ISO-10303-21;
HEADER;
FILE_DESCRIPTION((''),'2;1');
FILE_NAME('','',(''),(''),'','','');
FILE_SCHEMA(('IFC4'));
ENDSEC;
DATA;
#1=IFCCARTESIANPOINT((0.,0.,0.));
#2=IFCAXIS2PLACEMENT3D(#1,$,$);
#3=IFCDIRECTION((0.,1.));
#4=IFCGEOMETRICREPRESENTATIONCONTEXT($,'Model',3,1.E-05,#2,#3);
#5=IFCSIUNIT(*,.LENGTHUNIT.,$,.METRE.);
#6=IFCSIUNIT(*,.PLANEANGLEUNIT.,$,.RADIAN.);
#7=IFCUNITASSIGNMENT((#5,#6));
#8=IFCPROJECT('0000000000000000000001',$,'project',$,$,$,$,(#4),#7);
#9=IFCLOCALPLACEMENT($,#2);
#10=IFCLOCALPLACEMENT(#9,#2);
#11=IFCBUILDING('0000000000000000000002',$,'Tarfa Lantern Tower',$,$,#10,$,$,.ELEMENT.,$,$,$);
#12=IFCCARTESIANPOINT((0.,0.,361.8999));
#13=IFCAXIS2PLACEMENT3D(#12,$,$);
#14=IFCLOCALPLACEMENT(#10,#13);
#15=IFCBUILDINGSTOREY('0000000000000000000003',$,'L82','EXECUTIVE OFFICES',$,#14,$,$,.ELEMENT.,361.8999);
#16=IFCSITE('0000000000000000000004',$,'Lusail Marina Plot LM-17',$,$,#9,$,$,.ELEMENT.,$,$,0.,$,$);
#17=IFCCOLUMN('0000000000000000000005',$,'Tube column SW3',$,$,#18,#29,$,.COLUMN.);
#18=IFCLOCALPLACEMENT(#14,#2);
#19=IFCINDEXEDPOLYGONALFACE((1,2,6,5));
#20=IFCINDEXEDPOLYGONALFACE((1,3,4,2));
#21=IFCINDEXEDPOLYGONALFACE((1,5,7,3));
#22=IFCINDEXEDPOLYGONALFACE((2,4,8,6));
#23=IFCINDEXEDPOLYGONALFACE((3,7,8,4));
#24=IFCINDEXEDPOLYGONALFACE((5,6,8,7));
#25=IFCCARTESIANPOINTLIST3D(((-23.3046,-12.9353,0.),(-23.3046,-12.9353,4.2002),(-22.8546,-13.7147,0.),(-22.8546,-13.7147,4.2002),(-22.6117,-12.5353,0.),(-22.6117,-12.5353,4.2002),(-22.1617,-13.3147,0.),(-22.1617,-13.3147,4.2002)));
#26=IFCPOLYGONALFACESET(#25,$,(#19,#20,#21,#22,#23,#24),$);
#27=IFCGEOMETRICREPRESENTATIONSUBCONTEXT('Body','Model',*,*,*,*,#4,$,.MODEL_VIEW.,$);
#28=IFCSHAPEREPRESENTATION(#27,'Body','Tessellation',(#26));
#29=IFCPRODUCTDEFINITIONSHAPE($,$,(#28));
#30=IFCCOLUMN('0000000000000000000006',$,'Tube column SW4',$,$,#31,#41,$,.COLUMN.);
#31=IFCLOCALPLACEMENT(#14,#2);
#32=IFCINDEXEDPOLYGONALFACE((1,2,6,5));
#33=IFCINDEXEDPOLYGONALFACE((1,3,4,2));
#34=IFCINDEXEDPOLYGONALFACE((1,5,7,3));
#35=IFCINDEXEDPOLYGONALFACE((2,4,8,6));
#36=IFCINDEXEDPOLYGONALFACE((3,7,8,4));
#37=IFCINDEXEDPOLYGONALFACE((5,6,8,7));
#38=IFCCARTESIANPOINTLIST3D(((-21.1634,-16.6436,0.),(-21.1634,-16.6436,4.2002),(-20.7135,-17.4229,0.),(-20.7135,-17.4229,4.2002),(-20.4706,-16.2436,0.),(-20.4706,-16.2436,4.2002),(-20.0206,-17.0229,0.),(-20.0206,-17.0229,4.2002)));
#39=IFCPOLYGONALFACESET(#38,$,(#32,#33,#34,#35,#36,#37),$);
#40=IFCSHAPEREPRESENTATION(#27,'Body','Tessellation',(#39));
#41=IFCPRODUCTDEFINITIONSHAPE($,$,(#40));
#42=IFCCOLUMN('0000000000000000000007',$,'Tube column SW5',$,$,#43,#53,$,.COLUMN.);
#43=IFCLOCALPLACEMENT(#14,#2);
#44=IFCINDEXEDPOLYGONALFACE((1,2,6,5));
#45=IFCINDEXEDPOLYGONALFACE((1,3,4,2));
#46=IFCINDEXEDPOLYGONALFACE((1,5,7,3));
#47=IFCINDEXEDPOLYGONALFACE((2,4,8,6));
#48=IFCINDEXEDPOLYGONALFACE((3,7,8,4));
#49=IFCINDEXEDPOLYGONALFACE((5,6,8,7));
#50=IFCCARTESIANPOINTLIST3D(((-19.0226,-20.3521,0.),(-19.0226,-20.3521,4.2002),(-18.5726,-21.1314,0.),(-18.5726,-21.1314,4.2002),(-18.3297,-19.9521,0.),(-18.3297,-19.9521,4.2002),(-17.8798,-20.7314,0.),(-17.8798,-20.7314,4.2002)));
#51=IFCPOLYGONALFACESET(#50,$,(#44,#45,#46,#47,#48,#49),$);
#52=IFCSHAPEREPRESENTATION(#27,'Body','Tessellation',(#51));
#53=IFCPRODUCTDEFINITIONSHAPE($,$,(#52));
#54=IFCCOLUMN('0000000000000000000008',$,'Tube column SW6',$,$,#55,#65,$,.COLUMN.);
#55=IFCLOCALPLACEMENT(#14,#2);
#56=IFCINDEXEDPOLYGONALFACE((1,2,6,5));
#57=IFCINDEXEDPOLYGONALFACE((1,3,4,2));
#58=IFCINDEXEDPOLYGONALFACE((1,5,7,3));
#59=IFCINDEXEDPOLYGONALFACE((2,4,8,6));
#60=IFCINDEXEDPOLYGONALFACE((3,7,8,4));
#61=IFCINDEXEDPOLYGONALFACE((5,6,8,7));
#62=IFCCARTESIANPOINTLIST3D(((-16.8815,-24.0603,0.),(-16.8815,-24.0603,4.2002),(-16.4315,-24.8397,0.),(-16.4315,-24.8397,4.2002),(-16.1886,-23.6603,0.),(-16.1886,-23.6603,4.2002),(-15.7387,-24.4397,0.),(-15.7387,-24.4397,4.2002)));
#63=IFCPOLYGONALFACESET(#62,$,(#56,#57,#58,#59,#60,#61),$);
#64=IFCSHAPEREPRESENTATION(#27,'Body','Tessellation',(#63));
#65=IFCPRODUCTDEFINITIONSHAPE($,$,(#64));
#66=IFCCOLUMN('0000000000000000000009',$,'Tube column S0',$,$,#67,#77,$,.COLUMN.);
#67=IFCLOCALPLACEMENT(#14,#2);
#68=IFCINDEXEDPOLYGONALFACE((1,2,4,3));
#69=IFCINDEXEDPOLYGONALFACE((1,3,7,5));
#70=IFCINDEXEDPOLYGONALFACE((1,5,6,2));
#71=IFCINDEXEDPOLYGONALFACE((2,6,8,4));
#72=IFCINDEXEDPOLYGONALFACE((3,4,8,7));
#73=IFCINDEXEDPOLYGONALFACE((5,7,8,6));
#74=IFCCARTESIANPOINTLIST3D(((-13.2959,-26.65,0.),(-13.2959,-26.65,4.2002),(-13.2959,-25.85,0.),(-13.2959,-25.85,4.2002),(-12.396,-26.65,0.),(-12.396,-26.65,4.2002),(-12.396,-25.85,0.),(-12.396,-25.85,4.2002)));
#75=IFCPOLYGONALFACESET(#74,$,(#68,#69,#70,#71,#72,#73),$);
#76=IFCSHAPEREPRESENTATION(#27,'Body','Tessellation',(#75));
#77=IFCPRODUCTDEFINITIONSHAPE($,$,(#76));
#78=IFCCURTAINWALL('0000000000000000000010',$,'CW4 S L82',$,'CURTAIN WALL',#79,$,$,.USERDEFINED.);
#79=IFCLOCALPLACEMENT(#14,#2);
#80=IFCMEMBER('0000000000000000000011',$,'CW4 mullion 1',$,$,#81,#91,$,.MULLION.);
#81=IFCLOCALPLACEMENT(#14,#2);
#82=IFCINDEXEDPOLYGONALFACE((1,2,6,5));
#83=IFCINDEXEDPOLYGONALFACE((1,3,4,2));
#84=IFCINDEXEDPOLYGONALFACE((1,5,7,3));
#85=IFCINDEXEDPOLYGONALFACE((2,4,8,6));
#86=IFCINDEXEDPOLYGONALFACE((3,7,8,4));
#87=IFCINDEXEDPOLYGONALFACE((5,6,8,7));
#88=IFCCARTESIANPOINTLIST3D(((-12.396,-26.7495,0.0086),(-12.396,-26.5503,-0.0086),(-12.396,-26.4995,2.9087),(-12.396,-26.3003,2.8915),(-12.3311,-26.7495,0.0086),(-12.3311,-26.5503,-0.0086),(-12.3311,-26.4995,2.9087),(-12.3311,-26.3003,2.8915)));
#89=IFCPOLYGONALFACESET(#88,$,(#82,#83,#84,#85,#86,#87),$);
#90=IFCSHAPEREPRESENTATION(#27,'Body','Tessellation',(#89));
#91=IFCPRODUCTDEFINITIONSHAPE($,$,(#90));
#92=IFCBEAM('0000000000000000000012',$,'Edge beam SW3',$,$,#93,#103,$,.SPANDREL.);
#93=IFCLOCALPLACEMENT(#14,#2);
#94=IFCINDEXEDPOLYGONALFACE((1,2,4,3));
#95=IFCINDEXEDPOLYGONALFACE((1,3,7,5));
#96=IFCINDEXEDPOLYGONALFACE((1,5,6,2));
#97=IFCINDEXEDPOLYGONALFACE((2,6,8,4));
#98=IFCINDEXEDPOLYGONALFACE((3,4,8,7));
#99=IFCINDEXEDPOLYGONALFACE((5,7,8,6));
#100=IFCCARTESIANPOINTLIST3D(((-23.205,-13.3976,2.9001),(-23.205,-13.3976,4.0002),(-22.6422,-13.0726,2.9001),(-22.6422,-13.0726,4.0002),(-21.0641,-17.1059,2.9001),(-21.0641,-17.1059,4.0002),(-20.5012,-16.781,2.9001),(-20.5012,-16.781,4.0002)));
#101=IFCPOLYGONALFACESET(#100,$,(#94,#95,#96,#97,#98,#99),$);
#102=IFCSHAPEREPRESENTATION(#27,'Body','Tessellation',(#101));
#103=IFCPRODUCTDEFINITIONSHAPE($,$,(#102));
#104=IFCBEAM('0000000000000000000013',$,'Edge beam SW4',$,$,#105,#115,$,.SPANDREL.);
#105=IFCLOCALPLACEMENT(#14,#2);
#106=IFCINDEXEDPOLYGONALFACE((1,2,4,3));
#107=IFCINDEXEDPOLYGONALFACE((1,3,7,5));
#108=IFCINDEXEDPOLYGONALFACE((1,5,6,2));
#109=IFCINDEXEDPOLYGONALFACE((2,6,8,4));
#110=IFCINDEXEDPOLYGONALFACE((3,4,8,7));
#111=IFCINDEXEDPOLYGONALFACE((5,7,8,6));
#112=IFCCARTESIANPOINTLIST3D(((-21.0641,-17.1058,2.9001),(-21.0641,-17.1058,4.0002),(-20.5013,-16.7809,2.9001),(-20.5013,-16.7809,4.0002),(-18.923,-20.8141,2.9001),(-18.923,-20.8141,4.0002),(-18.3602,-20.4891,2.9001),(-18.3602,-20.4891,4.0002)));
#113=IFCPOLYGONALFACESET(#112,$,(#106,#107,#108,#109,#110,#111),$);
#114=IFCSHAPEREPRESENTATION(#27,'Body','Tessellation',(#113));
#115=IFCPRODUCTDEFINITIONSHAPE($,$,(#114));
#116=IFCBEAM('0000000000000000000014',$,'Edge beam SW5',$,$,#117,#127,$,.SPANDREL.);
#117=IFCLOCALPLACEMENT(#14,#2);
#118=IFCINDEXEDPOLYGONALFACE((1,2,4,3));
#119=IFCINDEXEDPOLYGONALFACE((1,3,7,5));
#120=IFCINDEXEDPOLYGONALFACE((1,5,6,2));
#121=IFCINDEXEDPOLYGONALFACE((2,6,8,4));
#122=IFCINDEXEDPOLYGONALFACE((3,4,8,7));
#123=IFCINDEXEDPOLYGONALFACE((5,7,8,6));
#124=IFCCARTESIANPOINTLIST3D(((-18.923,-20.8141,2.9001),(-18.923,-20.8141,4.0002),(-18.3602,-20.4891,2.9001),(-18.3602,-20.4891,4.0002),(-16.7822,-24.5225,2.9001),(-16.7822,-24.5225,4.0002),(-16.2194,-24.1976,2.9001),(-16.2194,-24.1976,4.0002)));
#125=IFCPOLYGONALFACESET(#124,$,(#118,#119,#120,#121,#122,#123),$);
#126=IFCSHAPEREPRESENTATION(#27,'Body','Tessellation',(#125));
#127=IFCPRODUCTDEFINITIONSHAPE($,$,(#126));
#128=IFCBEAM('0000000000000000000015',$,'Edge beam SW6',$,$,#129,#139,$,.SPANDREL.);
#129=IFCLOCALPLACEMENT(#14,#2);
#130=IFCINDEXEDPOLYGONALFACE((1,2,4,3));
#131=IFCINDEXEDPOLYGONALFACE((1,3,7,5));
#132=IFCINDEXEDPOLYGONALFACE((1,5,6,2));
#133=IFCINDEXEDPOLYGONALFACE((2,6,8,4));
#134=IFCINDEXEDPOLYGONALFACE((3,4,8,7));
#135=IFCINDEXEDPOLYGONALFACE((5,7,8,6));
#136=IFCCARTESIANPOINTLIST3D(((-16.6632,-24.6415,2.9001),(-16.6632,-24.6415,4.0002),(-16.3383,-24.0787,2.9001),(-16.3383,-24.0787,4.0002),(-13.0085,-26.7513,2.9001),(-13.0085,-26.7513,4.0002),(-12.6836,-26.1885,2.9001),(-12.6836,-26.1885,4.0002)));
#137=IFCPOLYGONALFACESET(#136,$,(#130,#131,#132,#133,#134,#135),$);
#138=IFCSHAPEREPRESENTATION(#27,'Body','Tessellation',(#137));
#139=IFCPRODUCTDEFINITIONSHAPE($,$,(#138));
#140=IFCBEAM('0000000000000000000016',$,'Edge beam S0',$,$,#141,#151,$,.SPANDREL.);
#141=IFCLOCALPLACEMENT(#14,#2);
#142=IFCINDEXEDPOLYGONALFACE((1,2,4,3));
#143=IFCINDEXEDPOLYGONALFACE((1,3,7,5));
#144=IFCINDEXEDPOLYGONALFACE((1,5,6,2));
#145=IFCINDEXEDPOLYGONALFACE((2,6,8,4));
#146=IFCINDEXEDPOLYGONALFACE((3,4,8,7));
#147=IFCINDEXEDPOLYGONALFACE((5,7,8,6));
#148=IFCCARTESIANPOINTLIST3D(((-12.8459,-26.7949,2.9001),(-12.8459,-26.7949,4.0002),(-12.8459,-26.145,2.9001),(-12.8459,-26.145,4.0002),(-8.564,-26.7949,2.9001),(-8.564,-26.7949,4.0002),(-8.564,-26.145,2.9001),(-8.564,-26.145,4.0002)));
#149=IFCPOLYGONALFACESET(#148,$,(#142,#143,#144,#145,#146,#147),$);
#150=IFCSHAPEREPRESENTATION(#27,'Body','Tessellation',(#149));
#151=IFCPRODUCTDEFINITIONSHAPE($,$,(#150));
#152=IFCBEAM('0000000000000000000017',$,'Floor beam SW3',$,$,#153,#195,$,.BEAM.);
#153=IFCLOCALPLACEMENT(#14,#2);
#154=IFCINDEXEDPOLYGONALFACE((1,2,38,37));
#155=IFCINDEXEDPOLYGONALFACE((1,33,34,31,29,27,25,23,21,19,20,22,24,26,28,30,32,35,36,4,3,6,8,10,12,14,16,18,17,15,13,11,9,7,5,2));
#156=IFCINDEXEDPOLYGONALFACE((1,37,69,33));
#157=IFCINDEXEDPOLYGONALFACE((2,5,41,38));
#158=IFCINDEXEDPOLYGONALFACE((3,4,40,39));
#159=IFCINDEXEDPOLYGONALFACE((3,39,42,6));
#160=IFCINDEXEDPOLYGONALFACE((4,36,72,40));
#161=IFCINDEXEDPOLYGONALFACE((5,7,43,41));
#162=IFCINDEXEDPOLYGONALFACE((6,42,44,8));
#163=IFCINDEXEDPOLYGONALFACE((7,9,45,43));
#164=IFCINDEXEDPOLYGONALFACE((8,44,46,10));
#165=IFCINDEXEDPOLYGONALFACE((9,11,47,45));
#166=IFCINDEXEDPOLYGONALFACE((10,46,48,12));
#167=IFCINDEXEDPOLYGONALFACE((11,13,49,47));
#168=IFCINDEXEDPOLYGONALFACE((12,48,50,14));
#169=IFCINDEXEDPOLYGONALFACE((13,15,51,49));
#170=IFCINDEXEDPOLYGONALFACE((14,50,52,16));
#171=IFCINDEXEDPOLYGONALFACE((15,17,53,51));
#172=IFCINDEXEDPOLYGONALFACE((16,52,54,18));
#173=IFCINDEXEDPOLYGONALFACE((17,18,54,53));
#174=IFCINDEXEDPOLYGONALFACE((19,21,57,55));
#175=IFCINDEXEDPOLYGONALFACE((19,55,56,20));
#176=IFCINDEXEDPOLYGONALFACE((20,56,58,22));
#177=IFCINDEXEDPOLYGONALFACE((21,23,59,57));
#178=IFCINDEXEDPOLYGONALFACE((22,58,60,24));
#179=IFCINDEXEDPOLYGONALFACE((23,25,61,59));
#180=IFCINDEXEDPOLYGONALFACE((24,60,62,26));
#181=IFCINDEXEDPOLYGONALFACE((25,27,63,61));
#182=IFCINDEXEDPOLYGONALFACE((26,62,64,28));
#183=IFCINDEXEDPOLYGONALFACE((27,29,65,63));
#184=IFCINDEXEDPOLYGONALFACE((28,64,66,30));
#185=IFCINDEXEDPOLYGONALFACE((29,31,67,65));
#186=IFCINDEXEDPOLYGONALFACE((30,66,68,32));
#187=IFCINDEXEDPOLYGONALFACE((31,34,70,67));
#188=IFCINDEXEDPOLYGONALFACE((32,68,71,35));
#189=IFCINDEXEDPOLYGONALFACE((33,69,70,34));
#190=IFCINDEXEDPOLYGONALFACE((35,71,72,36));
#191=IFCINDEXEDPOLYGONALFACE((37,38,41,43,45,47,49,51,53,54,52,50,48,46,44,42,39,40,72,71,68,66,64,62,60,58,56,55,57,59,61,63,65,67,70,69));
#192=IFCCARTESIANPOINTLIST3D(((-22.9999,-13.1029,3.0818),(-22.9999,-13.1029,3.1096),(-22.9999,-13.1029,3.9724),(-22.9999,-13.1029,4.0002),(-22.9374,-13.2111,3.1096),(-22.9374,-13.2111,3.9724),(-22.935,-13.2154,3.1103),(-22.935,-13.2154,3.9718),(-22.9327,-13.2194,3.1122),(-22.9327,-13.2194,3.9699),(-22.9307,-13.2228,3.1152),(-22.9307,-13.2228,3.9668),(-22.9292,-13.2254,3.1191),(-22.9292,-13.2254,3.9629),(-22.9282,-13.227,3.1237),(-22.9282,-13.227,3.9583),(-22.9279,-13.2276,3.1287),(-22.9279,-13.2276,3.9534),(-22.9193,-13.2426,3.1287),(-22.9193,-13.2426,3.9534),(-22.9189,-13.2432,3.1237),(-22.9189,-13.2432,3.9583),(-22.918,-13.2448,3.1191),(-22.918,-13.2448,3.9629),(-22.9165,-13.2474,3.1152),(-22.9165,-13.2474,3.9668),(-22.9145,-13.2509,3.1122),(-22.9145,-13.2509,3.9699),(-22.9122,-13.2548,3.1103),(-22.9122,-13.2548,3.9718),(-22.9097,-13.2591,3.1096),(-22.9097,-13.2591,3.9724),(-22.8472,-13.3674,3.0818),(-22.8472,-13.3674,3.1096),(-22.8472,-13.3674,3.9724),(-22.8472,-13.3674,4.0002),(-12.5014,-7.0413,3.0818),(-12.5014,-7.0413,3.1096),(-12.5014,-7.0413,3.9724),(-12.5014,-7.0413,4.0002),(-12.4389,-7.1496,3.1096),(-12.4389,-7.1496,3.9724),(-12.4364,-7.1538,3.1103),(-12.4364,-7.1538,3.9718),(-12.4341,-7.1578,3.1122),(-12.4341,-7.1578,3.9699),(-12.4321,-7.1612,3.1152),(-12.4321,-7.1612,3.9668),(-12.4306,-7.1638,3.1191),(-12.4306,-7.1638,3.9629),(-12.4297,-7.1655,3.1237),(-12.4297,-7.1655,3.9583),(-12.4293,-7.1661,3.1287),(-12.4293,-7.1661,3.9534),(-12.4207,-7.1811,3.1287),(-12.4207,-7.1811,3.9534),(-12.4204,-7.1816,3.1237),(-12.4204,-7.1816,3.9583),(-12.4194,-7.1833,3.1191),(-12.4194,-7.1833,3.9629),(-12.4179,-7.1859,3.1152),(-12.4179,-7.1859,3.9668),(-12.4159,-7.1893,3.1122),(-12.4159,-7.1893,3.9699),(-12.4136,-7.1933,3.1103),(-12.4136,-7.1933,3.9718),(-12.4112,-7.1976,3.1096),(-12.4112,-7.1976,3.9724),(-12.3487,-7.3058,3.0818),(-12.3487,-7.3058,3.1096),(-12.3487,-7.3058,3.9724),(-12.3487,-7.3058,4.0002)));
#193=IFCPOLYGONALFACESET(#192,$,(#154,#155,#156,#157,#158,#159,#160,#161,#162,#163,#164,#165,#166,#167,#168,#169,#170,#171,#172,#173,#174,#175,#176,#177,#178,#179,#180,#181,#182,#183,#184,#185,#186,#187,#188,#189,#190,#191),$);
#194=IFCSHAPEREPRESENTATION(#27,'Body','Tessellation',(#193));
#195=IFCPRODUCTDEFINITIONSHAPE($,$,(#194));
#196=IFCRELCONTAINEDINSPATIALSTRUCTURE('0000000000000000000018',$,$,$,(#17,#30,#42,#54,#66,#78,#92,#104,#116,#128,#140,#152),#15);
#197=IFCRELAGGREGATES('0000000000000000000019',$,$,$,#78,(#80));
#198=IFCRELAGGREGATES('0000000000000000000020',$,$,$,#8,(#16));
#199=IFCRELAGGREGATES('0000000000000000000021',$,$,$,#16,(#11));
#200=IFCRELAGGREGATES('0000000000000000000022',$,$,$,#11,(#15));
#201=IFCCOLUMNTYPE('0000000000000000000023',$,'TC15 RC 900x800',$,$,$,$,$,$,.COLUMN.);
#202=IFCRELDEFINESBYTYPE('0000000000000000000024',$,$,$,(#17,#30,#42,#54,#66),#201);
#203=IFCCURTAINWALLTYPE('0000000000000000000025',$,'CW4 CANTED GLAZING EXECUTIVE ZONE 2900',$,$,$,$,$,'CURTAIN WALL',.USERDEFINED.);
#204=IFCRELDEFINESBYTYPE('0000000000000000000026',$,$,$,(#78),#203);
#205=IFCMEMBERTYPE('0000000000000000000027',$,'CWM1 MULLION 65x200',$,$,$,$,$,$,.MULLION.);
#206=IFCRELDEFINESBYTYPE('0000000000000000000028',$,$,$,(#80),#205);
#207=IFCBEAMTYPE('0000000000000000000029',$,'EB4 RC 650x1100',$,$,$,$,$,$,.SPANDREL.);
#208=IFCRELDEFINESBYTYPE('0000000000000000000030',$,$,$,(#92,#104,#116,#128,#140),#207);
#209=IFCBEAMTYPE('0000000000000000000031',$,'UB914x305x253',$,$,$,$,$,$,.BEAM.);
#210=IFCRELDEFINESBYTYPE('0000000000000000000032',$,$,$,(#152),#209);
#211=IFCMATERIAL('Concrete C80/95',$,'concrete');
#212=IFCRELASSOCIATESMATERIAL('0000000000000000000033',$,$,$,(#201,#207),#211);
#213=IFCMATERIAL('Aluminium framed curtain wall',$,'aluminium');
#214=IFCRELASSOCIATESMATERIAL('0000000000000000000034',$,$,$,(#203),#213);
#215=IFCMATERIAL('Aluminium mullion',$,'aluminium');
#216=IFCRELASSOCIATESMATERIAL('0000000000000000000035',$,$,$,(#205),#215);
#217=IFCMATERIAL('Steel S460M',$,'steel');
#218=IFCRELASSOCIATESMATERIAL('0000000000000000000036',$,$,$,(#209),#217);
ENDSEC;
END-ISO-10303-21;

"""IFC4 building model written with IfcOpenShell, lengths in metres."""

from ifc_helpers import new_model, si_unit, direction, frame, origin, origin_2d, place, context, subcontext, project, spatial, rectangle, i_section, extrude, material, material_profile, profile_set, type_object, element, aggregate, save


model = new_model("IFC4")

# Units and contexts
model_context = context("Model", 3, precision=1e-05, world=origin(), true_north=direction((0.0, 1.0)))
body_context = subcontext(model_context, "Body", "Model", "MODEL_VIEW")
ifc_project = project(units=[si_unit("LENGTHUNIT", "METRE"), si_unit("PLANEANGLEUNIT", "RADIAN")], contexts=[model_context])

# Site, building, storey
site_placement = place(None, origin())
site = spatial("IfcSite", under=ifc_project, at=site_placement, Name="Lusail Marina Plot LM-17", CompositionType="ELEMENT", RefElevation=0.0)
building_placement = place(site_placement, origin())
building = spatial("IfcBuilding", under=site, at=building_placement, Name="Tarfa Lantern Tower", CompositionType="ELEMENT")
storey_placement = place(building_placement, frame((0.0, 0.0, 361.8999)))
storey = spatial("IfcBuildingStorey", under=building, at=storey_placement, Name="L82", Description="EXECUTIVE OFFICES", CompositionType="ELEMENT", Elevation=361.8999)

# Columns
ifc_material_1 = material(Name="Concrete C80/95", Category="concrete")
ifc_material_profile_1 = material_profile(ifc_material_1, rectangle(XDim=0.8999, YDim=0.8, at=origin_2d()), Name="RC 900x800")
ifc_profile_set_1 = profile_set([ifc_material_profile_1], Name="Concrete C80/95")
column_type = type_object("IfcColumnType", Name="TC15 RC 900x800", PredefinedType="COLUMN", material=ifc_profile_set_1)
for number, where, z_axis, x_axis, name in (
    (1, (-22.7332, -13.125, 0.0), (0.0, 0.0, 1.0), (0.5, -0.866025, 0.0), "Tube column SW3"),
    (2, (-20.592, -16.8333, 0.0), (0.0, 0.0, 1.0), (0.5, -0.866025, 0.0), "Tube column SW4"),
    (3, (-18.4512, -20.5417, 0.0), (0.0, 0.0, 1.0), (0.5, -0.866025, 0.0), "Tube column SW5"),
    (4, (-16.3101, -24.25, 0.0), (0.0, 0.0, 1.0), (0.5, -0.866025, 0.0), "Tube column SW6"),
    (5, (-12.8459, -26.25, 0.0), (0.0, 0.0, 1.0), (1.0, 0.0, 0.0), "Tube column S0"),
):
    element("IfcColumn", number, at=place(storey_placement, frame(where, z_axis=z_axis, x_axis=x_axis)), inside=storey, type_object=column_type, Name=name, PredefinedType="COLUMN", context=body_context, shape_type="SweptSolid", body=[
        extrude(rectangle(XDim=0.8999, YDim=0.8, at=origin_2d()), origin(), (0.0, 0.0, 1.0), 4.2002),
    ])

# Curtain wall, member
ifc_material_2 = material(Name="Aluminium framed curtain wall", Category="aluminium")
curtain_wall_type = type_object("IfcCurtainWallType", Name="CW4 CANTED GLAZING EXECUTIVE ZONE 2900", ElementType="CURTAIN WALL", PredefinedType="USERDEFINED", material=ifc_material_2)
curtain_wall_placement = place(storey_placement, origin())
curtain_wall = element("IfcCurtainWall", 6, at=curtain_wall_placement, inside=storey, type_object=curtain_wall_type, Name="CW4 S L82", ObjectType="CURTAIN WALL", PredefinedType="USERDEFINED")
ifc_material_3 = material(Name="Aluminium mullion", Category="aluminium")
ifc_material_profile_2 = material_profile(ifc_material_3, rectangle(XDim=0.0649, YDim=0.2, at=origin_2d()), Name="AL MULLION 65x200")
ifc_profile_set_2 = profile_set([ifc_material_profile_2], Name="Aluminium mullion")
member_type = type_object("IfcMemberType", Name="CWM1 MULLION 65x200", PredefinedType="MULLION", material=ifc_profile_set_2)
member_placement = place(storey_placement, frame((-12.3635, -26.6499, 0.0), z_axis=(0.0, 0.085884, 0.996305), x_axis=(-1.0, 0.0, 0.0)))
member = element("IfcMember", 7, at=member_placement, type_object=member_type, Name="CW4 mullion 1", PredefinedType="MULLION", context=body_context, shape_type="SweptSolid", body=[
    extrude(rectangle(XDim=0.0649, YDim=0.2, at=origin_2d()), origin(), (0.0, 0.0, 1.0), 2.9109),
])

# Beams
ifc_material_profile_3 = material_profile(ifc_material_1, rectangle(XDim=0.6499, YDim=1.1001, at=origin_2d()), Name="RC 650x1100")
ifc_profile_set_3 = profile_set([ifc_material_profile_3], Name="Concrete C80/95")
beam_type_1 = type_object("IfcBeamType", Name="EB4 RC 650x1100", PredefinedType="SPANDREL", material=ifc_profile_set_3)
for number, where, z_axis, x_axis, name in (
    (8, (-22.9236, -13.2351, 3.4502), (0.499984, -0.866035, 0.0), (0.866035, 0.499984, 0.0), "Edge beam SW3"),
    (9, (-20.7827, -16.9434, 3.4502), (0.500027, -0.86601, 0.0), (0.86601, 0.500027, 0.0), "Edge beam SW4"),
    (10, (-18.6416, -20.6516, 3.4502), (0.499959, -0.866049, 0.0), (0.866049, 0.499959, 0.0), "Edge beam SW5"),
):
    element("IfcBeam", number, at=place(storey_placement, frame(where, z_axis=z_axis, x_axis=x_axis)), inside=storey, type_object=beam_type_1, Name=name, PredefinedType="SPANDREL", context=body_context, shape_type="SweptSolid", body=[
        extrude(rectangle(XDim=0.6499, YDim=1.1001, at=origin_2d()), origin(), (0.0, 0.0, 1.0), 4.282),
    ])
beam_1_placement = place(storey_placement, frame((-16.5007, -24.3601, 3.4502), z_axis=(0.866049, -0.499959, 0.0), x_axis=(0.499959, 0.866049, 0.0)))
element("IfcBeam", 11, at=beam_1_placement, inside=storey, type_object=beam_type_1, Name="Edge beam SW6", PredefinedType="SPANDREL", context=body_context, shape_type="SweptSolid", body=[
    extrude(rectangle(XDim=0.6499, YDim=1.1001, at=origin_2d()), origin(), (0.0, 0.0, 1.0), 4.22),
])
beam_2_placement = place(storey_placement, frame((-12.8459, -26.47, 3.4502), z_axis=(1.0, 0.0, 0.0), x_axis=(0.0, 1.0, 0.0)))
element("IfcBeam", 12, at=beam_2_placement, inside=storey, type_object=beam_type_1, Name="Edge beam S0", PredefinedType="SPANDREL", context=body_context, shape_type="SweptSolid", body=[
    extrude(rectangle(XDim=0.6499, YDim=1.1001, at=origin_2d()), origin(), (0.0, 0.0, 1.0), 4.282),
])
ifc_material_4 = material(Name="Steel S460M", Category="steel")
ifc_material_profile_4 = material_profile(ifc_material_4, i_section(OverallWidth=0.3054, OverallDepth=0.9185, WebThickness=0.0173, FlangeThickness=0.0278, FilletRadius=0.019, at=origin_2d()), Name="UB914x305x253")
ifc_profile_set_4 = profile_set([ifc_material_profile_4], Name="Steel S460M")
beam_type_2 = type_object("IfcBeamType", Name="UB914x305x253", PredefinedType="BEAM", material=ifc_profile_set_4)
beam_3_placement = place(storey_placement, frame((-22.9236, -13.2351, 3.541), z_axis=(0.866019, 0.500012, 0.0), x_axis=(-0.500012, 0.866019, 0.0)))
element("IfcBeam", 13, at=beam_3_placement, inside=storey, type_object=beam_type_2, Name="Floor beam SW3", PredefinedType="BEAM", context=body_context, shape_type="SweptSolid", body=[
    extrude(i_section(OverallWidth=0.3054, OverallDepth=0.9185, WebThickness=0.0173, FlangeThickness=0.0278, FilletRadius=0.019, at=origin_2d()), origin(), (0.0, 0.0, 1.0), 12.1228),
])

aggregate(curtain_wall, [member])

save(model, "model.ifc")
